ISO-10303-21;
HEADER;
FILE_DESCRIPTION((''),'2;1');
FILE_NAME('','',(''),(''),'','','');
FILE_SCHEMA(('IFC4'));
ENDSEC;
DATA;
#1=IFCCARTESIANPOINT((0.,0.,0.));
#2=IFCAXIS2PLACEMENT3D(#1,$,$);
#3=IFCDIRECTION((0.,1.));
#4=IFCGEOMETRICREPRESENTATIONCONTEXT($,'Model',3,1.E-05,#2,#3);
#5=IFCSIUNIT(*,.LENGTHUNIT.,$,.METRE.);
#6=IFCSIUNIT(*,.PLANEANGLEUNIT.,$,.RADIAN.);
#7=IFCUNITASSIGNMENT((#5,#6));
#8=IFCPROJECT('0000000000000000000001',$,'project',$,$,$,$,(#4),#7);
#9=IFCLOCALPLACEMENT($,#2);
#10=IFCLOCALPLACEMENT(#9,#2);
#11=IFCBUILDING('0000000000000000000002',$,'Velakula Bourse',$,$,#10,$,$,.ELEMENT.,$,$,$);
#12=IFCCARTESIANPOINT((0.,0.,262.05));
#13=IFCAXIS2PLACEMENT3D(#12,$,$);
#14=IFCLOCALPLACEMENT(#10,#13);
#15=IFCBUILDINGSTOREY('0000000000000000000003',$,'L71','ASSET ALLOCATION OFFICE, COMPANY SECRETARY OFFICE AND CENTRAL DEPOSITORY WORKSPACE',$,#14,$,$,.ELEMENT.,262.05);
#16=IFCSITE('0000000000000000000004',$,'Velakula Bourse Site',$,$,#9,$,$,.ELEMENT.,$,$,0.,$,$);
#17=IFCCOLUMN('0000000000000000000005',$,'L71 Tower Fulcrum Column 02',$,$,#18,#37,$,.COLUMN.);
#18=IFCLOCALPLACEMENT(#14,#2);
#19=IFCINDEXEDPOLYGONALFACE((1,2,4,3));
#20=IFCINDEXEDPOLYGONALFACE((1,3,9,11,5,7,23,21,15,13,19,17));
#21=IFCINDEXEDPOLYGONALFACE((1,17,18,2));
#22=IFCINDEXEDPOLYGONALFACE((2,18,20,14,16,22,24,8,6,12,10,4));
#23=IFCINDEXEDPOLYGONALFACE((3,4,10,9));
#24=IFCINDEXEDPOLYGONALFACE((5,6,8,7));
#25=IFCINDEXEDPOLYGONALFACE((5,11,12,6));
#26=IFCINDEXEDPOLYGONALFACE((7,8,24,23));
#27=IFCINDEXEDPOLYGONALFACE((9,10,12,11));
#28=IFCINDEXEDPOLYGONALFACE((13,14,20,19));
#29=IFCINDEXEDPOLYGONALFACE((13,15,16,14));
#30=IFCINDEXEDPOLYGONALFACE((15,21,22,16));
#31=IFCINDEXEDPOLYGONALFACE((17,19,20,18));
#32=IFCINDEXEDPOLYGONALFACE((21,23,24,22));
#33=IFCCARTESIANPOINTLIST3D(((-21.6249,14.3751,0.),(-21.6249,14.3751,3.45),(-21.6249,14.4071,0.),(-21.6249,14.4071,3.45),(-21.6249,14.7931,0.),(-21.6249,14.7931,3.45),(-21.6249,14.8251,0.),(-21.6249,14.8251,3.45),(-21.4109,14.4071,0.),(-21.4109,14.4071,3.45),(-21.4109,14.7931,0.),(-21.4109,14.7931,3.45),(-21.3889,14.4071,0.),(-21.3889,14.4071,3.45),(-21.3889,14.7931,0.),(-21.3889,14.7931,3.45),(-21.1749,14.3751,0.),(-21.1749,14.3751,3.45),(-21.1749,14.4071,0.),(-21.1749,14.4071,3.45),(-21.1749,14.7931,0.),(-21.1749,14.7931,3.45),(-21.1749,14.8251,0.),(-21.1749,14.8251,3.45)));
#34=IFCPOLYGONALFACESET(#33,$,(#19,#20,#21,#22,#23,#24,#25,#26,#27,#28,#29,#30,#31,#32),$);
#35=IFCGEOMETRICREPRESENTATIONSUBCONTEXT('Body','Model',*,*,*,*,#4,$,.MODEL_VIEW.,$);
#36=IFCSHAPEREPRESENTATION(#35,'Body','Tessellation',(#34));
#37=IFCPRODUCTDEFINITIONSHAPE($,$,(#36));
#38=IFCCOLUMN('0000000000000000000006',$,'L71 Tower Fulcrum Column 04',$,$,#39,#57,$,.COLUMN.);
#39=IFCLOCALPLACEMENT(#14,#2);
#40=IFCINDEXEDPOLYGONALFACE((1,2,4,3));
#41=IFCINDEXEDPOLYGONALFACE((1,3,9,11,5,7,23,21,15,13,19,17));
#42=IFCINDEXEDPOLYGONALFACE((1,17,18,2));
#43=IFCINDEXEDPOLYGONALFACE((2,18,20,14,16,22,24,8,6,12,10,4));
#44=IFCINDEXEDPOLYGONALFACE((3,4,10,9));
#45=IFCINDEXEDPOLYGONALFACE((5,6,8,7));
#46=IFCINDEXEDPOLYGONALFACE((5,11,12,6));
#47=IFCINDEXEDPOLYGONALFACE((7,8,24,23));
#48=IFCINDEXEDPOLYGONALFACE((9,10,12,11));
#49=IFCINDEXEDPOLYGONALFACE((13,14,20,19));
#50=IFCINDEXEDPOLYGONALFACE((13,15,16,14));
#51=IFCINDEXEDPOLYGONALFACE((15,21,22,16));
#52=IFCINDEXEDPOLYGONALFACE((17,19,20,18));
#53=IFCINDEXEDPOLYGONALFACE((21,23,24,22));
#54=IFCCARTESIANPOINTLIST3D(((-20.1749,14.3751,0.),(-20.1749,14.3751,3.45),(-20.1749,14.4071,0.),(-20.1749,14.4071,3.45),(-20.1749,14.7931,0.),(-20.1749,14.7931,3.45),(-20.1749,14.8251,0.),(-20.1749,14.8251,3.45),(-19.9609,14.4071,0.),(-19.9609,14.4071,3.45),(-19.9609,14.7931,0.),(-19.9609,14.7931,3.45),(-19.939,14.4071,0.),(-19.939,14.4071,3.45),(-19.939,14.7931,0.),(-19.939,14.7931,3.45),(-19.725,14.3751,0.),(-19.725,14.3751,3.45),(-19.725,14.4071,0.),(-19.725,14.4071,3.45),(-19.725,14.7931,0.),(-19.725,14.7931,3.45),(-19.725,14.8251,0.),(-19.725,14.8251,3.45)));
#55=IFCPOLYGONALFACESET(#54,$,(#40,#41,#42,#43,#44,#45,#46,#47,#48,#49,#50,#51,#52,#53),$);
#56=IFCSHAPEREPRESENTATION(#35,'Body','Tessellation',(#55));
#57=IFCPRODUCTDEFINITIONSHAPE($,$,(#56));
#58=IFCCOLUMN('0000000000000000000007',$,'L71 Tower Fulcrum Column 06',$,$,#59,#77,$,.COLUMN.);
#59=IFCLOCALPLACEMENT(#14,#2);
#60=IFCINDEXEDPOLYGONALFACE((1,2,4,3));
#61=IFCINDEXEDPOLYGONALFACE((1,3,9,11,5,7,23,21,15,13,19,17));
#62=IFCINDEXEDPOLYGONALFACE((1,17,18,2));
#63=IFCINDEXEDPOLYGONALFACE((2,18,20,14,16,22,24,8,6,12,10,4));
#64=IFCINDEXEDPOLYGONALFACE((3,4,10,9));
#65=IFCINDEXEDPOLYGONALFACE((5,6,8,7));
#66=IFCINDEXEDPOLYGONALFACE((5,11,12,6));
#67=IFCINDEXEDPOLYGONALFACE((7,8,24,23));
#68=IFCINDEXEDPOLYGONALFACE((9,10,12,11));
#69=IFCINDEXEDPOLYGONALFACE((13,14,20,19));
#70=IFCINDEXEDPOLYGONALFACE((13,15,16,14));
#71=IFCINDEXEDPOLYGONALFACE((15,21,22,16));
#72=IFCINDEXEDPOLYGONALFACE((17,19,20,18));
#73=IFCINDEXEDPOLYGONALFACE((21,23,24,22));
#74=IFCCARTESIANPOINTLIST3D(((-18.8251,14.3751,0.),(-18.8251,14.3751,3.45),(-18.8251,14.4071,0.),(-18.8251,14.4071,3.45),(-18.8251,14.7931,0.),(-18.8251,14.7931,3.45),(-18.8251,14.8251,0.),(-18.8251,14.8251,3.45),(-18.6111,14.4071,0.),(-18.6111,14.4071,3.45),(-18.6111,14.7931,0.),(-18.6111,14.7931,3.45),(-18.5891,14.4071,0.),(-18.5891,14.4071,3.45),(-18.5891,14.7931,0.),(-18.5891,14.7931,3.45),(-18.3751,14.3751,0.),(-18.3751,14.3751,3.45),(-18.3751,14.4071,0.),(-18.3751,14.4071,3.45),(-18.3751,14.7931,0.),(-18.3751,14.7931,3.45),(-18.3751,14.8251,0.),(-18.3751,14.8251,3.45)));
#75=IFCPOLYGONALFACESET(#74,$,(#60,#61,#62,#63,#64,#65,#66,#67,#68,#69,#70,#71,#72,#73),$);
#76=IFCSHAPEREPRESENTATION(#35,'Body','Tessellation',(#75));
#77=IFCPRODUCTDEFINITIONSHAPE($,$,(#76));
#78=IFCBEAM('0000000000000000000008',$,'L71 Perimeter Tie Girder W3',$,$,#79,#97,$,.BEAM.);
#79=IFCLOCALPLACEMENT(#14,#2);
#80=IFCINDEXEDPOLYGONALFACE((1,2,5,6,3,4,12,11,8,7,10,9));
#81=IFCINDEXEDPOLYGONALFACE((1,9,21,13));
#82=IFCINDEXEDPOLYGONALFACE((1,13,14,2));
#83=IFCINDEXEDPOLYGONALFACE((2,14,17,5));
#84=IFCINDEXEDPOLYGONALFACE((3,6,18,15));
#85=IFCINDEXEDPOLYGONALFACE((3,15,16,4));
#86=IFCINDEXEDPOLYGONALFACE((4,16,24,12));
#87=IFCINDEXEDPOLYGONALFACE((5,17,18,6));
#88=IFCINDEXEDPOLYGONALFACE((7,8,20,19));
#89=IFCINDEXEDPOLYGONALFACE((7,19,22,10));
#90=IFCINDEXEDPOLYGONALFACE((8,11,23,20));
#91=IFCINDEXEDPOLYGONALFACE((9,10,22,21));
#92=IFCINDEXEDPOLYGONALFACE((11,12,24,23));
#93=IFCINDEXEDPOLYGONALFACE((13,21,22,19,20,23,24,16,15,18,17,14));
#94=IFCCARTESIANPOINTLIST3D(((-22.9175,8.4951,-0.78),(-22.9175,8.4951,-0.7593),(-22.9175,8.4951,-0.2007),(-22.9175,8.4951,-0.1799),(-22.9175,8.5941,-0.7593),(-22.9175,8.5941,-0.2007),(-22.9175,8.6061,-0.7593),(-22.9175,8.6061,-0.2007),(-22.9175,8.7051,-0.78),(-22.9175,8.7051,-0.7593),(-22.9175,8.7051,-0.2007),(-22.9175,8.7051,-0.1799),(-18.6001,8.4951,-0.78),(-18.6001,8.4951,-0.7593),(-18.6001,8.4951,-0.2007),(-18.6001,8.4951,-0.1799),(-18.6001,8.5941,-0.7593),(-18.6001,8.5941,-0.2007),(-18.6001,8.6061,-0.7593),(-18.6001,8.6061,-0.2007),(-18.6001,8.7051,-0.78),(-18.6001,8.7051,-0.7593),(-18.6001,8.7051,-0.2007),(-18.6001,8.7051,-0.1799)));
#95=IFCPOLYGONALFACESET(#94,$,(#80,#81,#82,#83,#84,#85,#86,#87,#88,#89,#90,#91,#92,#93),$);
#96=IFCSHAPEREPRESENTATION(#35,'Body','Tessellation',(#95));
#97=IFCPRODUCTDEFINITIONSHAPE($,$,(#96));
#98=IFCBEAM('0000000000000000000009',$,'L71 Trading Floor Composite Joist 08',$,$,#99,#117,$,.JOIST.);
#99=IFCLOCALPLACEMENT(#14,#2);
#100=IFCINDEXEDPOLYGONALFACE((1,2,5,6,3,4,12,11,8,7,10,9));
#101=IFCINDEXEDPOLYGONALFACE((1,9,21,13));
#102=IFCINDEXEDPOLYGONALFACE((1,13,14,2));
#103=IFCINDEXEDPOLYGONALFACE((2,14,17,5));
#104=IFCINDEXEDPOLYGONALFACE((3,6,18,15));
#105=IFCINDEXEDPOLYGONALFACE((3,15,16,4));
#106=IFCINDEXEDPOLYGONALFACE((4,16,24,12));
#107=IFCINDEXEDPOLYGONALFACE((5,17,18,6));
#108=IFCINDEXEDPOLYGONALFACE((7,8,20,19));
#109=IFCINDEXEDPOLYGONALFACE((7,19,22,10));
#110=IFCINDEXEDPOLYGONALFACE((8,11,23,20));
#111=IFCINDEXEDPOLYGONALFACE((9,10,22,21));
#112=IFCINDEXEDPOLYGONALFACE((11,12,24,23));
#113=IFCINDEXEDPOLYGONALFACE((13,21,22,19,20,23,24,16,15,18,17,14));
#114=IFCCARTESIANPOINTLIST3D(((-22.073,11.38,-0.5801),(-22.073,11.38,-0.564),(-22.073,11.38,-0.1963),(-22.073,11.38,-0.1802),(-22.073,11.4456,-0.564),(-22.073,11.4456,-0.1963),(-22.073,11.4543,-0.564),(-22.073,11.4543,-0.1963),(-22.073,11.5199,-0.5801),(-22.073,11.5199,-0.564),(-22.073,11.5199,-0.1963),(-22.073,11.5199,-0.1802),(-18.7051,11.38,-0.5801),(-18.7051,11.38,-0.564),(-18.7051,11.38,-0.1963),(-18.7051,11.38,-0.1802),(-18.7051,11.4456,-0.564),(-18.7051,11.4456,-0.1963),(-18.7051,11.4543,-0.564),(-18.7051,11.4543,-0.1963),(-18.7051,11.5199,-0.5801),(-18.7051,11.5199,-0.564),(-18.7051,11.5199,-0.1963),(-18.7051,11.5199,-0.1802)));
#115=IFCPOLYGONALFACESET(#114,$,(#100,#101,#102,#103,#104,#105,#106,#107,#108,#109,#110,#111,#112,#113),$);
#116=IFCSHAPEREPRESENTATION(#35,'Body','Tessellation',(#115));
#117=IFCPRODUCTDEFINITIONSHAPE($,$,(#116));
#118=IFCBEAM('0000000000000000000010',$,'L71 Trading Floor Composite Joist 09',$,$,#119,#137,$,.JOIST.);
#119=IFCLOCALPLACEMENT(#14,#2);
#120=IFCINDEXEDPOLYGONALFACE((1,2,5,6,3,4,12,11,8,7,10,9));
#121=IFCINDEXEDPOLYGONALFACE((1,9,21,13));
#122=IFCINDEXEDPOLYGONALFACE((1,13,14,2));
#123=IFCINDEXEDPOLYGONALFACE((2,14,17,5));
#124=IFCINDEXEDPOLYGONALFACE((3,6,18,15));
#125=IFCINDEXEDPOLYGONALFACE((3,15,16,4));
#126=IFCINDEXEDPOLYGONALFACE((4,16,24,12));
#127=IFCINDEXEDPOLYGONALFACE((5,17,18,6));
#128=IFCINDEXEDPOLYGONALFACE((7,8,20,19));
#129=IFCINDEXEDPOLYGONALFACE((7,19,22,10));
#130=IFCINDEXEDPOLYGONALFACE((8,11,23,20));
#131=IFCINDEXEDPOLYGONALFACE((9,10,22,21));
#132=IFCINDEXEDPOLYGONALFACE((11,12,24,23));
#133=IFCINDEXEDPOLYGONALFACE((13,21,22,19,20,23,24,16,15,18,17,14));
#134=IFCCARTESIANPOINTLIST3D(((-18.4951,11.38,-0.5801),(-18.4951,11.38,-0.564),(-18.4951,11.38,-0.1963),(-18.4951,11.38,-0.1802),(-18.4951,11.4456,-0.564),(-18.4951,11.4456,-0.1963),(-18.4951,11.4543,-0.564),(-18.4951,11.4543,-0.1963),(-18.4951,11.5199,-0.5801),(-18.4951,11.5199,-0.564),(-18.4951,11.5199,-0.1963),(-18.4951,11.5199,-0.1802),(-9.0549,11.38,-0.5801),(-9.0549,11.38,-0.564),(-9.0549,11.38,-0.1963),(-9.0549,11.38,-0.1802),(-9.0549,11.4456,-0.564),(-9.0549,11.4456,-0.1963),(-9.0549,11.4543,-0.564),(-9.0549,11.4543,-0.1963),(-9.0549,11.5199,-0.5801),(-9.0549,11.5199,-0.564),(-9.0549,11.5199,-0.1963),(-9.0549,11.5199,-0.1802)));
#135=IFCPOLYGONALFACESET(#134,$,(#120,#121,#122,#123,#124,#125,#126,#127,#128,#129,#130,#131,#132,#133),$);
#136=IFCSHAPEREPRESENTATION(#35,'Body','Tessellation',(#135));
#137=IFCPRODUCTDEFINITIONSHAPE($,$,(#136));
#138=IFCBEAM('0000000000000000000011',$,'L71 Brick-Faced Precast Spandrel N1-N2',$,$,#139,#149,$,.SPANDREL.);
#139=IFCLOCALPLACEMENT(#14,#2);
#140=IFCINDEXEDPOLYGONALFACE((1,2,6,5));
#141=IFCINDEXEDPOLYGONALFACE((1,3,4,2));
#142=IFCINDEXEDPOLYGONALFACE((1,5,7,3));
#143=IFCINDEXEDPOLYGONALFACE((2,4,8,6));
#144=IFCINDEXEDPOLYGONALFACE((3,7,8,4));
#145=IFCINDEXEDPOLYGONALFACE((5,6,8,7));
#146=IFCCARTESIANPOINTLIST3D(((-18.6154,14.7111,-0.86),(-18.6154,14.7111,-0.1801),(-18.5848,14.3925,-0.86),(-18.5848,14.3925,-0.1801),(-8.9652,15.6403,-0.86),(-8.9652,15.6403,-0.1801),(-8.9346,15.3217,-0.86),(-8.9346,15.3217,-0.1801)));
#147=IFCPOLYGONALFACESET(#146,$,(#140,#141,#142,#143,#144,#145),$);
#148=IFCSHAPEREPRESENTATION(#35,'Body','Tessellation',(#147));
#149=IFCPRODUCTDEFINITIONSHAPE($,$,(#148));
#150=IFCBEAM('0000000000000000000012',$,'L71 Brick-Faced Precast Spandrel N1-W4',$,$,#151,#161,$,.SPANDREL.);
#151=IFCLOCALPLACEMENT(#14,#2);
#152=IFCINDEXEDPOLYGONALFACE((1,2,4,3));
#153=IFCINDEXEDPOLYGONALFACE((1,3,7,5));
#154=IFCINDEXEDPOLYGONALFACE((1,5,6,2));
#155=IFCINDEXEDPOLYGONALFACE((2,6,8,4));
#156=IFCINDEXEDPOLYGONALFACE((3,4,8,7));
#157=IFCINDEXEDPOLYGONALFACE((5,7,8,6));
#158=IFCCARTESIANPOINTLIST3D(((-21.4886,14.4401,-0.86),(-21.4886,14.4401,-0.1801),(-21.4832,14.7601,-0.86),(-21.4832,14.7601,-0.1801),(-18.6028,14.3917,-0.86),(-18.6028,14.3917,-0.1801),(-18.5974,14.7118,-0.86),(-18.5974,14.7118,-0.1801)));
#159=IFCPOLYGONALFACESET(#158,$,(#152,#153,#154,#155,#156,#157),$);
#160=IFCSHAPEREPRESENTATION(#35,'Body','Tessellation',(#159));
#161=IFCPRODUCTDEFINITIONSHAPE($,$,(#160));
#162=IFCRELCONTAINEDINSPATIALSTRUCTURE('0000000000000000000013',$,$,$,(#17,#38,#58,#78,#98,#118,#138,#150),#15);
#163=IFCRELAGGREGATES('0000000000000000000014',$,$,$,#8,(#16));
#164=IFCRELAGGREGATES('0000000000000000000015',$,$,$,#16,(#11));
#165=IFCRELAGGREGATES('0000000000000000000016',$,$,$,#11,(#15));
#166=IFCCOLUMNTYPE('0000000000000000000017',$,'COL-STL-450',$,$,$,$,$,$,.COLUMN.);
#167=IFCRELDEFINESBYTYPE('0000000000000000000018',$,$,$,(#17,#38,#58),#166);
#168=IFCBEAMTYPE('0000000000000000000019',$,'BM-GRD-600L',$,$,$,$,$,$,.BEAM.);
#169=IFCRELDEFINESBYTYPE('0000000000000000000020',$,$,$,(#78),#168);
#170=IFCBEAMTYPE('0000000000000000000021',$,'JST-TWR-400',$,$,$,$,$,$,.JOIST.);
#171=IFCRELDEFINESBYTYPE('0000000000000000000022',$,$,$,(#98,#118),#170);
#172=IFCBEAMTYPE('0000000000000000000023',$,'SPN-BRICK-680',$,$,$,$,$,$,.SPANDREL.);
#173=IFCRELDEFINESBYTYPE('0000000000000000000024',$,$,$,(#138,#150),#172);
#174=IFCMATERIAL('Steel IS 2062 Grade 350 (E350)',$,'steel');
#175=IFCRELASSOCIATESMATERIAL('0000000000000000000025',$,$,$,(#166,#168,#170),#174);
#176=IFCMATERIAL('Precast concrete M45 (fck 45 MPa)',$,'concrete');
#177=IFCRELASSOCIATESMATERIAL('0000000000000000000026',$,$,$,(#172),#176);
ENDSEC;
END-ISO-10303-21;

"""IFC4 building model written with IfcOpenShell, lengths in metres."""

from ifc_helpers import new_model, si_unit, direction, frame, origin, origin_2d, place, context, subcontext, project, spatial, rectangle, i_section, extrude, material, material_profile, profile_set, type_object, element, save


model = new_model("IFC4")

# Units and contexts
model_context = context("Model", 3, precision=1e-05, world=origin(), true_north=direction((0.0, 1.0)))
body_context = subcontext(model_context, "Body", "Model", "MODEL_VIEW")
ifc_project = project(units=[si_unit("LENGTHUNIT", "METRE"), si_unit("PLANEANGLEUNIT", "RADIAN")], contexts=[model_context])

# Site, building, storey
site_placement = place(None, origin())
site = spatial("IfcSite", under=ifc_project, at=site_placement, Name="Velakula Bourse Site", CompositionType="ELEMENT", RefElevation=0.0)
building_placement = place(site_placement, origin())
building = spatial("IfcBuilding", under=site, at=building_placement, Name="Velakula Bourse", CompositionType="ELEMENT")
storey_placement = place(building_placement, frame((0.0, 0.0, 262.05)))
storey = spatial("IfcBuildingStorey", under=building, at=storey_placement, Name="L71", Description="ASSET ALLOCATION OFFICE, COMPANY SECRETARY OFFICE AND CENTRAL DEPOSITORY WORKSPACE", CompositionType="ELEMENT", Elevation=262.05)

# Columns
ifc_material_1 = material(Name="Steel IS 2062 Grade 350 (E350)", Category="steel")
ifc_material_profile_1 = material_profile(ifc_material_1, i_section(OverallWidth=0.45, OverallDepth=0.45, WebThickness=0.022, FlangeThickness=0.032, at=origin_2d()), Name="Steel IS 2062 Grade 350 (E350)")
ifc_profile_set_1 = profile_set([ifc_material_profile_1], Name="Steel IS 2062 Grade 350 (E350)")
column_type = type_object("IfcColumnType", Name="COL-STL-450", PredefinedType="COLUMN", material=ifc_profile_set_1)
for number, where, z_axis, x_axis, name in (
    (1, (-21.3999, 14.6001, 0.0), (0.0, 0.0, 1.0), (1.0, 0.0, 0.0), "L71 Tower Fulcrum Column 02"),
    (2, (-19.95, 14.6001, 0.0), (0.0, 0.0, 1.0), (1.0, 0.0, 0.0), "L71 Tower Fulcrum Column 04"),
    (3, (-18.6001, 14.6001, 0.0), (0.0, 0.0, 1.0), (1.0, 0.0, 0.0), "L71 Tower Fulcrum Column 06"),
):
    element("IfcColumn", number, at=place(storey_placement, frame(where, z_axis=z_axis, x_axis=x_axis)), inside=storey, type_object=column_type, Name=name, PredefinedType="COLUMN", context=body_context, shape_type="SweptSolid", body=[
        extrude(i_section(OverallWidth=0.45, OverallDepth=0.45, WebThickness=0.022, FlangeThickness=0.032, at=origin_2d()), origin(), (0.0, 0.0, 1.0), 3.45),
    ])

# Beams
ifc_material_profile_2 = material_profile(ifc_material_1, i_section(OverallWidth=0.21, OverallDepth=0.6001, WebThickness=0.012, FlangeThickness=0.0208, at=origin_2d()), Name="Steel IS 2062 Grade 350 (E350)")
ifc_profile_set_2 = profile_set([ifc_material_profile_2], Name="Steel IS 2062 Grade 350 (E350)")
beam_type_1 = type_object("IfcBeamType", Name="BM-GRD-600L", PredefinedType="BEAM", material=ifc_profile_set_2)
beam_1_placement = place(storey_placement, frame((-18.6001, 8.6001, -0.48), z_axis=(-1.0, 0.0, 0.0), x_axis=(0.0, -1.0, 0.0)))
element("IfcBeam", 4, at=beam_1_placement, inside=storey, type_object=beam_type_1, Name="L71 Perimeter Tie Girder W3", PredefinedType="BEAM", context=body_context, shape_type="SweptSolid", body=[
    extrude(i_section(OverallWidth=0.21, OverallDepth=0.6001, WebThickness=0.012, FlangeThickness=0.0208, at=origin_2d()), origin(), (0.0, 0.0, 1.0), 4.3174),
])
ifc_material_profile_3 = material_profile(ifc_material_1, i_section(OverallWidth=0.1399, OverallDepth=0.3999, WebThickness=0.0088, FlangeThickness=0.0161, at=origin_2d()), Name="Steel IS 2062 Grade 350 (E350)")
ifc_profile_set_3 = profile_set([ifc_material_profile_3], Name="Steel IS 2062 Grade 350 (E350)")
beam_type_2 = type_object("IfcBeamType", Name="JST-TWR-400", PredefinedType="JOIST", material=ifc_profile_set_3)
beam_2_placement = place(storey_placement, frame((-22.073, 11.45, -0.3801), z_axis=(1.0, 0.0, 0.0), x_axis=(0.0, 1.0, 0.0)))
element("IfcBeam", 5, at=beam_2_placement, inside=storey, type_object=beam_type_2, Name="L71 Trading Floor Composite Joist 08", PredefinedType="JOIST", context=body_context, shape_type="SweptSolid", body=[
    extrude(i_section(OverallWidth=0.1399, OverallDepth=0.3999, WebThickness=0.0088, FlangeThickness=0.0161, at=origin_2d()), origin(), (0.0, 0.0, 1.0), 3.3679),
])
beam_3_placement = place(storey_placement, frame((-18.4951, 11.45, -0.3801), z_axis=(1.0, 0.0, 0.0), x_axis=(0.0, 1.0, 0.0)))
element("IfcBeam", 6, at=beam_3_placement, inside=storey, type_object=beam_type_2, Name="L71 Trading Floor Composite Joist 09", PredefinedType="JOIST", context=body_context, shape_type="SweptSolid", body=[
    extrude(i_section(OverallWidth=0.1399, OverallDepth=0.3999, WebThickness=0.0088, FlangeThickness=0.0161, at=origin_2d()), origin(), (0.0, 0.0, 1.0), 9.4402),
])
ifc_material_2 = material(Name="Precast concrete M45 (fck 45 MPa)", Category="concrete")
ifc_material_profile_4 = material_profile(ifc_material_2, rectangle(XDim=0.3201, YDim=0.6799, at=origin_2d()), Name="Precast concrete M45 (fck 45 MPa)")
ifc_profile_set_4 = profile_set([ifc_material_profile_4], Name="Precast concrete M45 (fck 45 MPa)")
beam_type_3 = type_object("IfcBeamType", Name="SPN-BRICK-680", PredefinedType="SPANDREL", material=ifc_profile_set_4)
beam_4_placement = place(storey_placement, frame((-18.6001, 14.5518, -0.52), z_axis=(0.995396, 0.095845, 0.0), x_axis=(-0.095845, 0.995396, 0.0)))
element("IfcBeam", 7, at=beam_4_placement, inside=storey, type_object=beam_type_3, Name="L71 Brick-Faced Precast Spandrel N1-N2", PredefinedType="SPANDREL", context=body_context, shape_type="SweptSolid", body=[
    extrude(rectangle(XDim=0.3201, YDim=0.6799, at=origin_2d()), origin(), (0.0, 0.0, 1.0), 9.6948),
])
beam_5_placement = place(storey_placement, frame((-18.6001, 14.5518, -0.52), z_axis=(-0.99986, 0.016749, 0.0), x_axis=(-0.016749, -0.99986, 0.0)))
element("IfcBeam", 8, at=beam_5_placement, inside=storey, type_object=beam_type_3, Name="L71 Brick-Faced Precast Spandrel N1-W4", PredefinedType="SPANDREL", context=body_context, shape_type="SweptSolid", body=[
    extrude(rectangle(XDim=0.3201, YDim=0.6799, at=origin_2d()), origin(), (0.0, 0.0, 1.0), 2.8862),
])

save(model, "model.ifc")
